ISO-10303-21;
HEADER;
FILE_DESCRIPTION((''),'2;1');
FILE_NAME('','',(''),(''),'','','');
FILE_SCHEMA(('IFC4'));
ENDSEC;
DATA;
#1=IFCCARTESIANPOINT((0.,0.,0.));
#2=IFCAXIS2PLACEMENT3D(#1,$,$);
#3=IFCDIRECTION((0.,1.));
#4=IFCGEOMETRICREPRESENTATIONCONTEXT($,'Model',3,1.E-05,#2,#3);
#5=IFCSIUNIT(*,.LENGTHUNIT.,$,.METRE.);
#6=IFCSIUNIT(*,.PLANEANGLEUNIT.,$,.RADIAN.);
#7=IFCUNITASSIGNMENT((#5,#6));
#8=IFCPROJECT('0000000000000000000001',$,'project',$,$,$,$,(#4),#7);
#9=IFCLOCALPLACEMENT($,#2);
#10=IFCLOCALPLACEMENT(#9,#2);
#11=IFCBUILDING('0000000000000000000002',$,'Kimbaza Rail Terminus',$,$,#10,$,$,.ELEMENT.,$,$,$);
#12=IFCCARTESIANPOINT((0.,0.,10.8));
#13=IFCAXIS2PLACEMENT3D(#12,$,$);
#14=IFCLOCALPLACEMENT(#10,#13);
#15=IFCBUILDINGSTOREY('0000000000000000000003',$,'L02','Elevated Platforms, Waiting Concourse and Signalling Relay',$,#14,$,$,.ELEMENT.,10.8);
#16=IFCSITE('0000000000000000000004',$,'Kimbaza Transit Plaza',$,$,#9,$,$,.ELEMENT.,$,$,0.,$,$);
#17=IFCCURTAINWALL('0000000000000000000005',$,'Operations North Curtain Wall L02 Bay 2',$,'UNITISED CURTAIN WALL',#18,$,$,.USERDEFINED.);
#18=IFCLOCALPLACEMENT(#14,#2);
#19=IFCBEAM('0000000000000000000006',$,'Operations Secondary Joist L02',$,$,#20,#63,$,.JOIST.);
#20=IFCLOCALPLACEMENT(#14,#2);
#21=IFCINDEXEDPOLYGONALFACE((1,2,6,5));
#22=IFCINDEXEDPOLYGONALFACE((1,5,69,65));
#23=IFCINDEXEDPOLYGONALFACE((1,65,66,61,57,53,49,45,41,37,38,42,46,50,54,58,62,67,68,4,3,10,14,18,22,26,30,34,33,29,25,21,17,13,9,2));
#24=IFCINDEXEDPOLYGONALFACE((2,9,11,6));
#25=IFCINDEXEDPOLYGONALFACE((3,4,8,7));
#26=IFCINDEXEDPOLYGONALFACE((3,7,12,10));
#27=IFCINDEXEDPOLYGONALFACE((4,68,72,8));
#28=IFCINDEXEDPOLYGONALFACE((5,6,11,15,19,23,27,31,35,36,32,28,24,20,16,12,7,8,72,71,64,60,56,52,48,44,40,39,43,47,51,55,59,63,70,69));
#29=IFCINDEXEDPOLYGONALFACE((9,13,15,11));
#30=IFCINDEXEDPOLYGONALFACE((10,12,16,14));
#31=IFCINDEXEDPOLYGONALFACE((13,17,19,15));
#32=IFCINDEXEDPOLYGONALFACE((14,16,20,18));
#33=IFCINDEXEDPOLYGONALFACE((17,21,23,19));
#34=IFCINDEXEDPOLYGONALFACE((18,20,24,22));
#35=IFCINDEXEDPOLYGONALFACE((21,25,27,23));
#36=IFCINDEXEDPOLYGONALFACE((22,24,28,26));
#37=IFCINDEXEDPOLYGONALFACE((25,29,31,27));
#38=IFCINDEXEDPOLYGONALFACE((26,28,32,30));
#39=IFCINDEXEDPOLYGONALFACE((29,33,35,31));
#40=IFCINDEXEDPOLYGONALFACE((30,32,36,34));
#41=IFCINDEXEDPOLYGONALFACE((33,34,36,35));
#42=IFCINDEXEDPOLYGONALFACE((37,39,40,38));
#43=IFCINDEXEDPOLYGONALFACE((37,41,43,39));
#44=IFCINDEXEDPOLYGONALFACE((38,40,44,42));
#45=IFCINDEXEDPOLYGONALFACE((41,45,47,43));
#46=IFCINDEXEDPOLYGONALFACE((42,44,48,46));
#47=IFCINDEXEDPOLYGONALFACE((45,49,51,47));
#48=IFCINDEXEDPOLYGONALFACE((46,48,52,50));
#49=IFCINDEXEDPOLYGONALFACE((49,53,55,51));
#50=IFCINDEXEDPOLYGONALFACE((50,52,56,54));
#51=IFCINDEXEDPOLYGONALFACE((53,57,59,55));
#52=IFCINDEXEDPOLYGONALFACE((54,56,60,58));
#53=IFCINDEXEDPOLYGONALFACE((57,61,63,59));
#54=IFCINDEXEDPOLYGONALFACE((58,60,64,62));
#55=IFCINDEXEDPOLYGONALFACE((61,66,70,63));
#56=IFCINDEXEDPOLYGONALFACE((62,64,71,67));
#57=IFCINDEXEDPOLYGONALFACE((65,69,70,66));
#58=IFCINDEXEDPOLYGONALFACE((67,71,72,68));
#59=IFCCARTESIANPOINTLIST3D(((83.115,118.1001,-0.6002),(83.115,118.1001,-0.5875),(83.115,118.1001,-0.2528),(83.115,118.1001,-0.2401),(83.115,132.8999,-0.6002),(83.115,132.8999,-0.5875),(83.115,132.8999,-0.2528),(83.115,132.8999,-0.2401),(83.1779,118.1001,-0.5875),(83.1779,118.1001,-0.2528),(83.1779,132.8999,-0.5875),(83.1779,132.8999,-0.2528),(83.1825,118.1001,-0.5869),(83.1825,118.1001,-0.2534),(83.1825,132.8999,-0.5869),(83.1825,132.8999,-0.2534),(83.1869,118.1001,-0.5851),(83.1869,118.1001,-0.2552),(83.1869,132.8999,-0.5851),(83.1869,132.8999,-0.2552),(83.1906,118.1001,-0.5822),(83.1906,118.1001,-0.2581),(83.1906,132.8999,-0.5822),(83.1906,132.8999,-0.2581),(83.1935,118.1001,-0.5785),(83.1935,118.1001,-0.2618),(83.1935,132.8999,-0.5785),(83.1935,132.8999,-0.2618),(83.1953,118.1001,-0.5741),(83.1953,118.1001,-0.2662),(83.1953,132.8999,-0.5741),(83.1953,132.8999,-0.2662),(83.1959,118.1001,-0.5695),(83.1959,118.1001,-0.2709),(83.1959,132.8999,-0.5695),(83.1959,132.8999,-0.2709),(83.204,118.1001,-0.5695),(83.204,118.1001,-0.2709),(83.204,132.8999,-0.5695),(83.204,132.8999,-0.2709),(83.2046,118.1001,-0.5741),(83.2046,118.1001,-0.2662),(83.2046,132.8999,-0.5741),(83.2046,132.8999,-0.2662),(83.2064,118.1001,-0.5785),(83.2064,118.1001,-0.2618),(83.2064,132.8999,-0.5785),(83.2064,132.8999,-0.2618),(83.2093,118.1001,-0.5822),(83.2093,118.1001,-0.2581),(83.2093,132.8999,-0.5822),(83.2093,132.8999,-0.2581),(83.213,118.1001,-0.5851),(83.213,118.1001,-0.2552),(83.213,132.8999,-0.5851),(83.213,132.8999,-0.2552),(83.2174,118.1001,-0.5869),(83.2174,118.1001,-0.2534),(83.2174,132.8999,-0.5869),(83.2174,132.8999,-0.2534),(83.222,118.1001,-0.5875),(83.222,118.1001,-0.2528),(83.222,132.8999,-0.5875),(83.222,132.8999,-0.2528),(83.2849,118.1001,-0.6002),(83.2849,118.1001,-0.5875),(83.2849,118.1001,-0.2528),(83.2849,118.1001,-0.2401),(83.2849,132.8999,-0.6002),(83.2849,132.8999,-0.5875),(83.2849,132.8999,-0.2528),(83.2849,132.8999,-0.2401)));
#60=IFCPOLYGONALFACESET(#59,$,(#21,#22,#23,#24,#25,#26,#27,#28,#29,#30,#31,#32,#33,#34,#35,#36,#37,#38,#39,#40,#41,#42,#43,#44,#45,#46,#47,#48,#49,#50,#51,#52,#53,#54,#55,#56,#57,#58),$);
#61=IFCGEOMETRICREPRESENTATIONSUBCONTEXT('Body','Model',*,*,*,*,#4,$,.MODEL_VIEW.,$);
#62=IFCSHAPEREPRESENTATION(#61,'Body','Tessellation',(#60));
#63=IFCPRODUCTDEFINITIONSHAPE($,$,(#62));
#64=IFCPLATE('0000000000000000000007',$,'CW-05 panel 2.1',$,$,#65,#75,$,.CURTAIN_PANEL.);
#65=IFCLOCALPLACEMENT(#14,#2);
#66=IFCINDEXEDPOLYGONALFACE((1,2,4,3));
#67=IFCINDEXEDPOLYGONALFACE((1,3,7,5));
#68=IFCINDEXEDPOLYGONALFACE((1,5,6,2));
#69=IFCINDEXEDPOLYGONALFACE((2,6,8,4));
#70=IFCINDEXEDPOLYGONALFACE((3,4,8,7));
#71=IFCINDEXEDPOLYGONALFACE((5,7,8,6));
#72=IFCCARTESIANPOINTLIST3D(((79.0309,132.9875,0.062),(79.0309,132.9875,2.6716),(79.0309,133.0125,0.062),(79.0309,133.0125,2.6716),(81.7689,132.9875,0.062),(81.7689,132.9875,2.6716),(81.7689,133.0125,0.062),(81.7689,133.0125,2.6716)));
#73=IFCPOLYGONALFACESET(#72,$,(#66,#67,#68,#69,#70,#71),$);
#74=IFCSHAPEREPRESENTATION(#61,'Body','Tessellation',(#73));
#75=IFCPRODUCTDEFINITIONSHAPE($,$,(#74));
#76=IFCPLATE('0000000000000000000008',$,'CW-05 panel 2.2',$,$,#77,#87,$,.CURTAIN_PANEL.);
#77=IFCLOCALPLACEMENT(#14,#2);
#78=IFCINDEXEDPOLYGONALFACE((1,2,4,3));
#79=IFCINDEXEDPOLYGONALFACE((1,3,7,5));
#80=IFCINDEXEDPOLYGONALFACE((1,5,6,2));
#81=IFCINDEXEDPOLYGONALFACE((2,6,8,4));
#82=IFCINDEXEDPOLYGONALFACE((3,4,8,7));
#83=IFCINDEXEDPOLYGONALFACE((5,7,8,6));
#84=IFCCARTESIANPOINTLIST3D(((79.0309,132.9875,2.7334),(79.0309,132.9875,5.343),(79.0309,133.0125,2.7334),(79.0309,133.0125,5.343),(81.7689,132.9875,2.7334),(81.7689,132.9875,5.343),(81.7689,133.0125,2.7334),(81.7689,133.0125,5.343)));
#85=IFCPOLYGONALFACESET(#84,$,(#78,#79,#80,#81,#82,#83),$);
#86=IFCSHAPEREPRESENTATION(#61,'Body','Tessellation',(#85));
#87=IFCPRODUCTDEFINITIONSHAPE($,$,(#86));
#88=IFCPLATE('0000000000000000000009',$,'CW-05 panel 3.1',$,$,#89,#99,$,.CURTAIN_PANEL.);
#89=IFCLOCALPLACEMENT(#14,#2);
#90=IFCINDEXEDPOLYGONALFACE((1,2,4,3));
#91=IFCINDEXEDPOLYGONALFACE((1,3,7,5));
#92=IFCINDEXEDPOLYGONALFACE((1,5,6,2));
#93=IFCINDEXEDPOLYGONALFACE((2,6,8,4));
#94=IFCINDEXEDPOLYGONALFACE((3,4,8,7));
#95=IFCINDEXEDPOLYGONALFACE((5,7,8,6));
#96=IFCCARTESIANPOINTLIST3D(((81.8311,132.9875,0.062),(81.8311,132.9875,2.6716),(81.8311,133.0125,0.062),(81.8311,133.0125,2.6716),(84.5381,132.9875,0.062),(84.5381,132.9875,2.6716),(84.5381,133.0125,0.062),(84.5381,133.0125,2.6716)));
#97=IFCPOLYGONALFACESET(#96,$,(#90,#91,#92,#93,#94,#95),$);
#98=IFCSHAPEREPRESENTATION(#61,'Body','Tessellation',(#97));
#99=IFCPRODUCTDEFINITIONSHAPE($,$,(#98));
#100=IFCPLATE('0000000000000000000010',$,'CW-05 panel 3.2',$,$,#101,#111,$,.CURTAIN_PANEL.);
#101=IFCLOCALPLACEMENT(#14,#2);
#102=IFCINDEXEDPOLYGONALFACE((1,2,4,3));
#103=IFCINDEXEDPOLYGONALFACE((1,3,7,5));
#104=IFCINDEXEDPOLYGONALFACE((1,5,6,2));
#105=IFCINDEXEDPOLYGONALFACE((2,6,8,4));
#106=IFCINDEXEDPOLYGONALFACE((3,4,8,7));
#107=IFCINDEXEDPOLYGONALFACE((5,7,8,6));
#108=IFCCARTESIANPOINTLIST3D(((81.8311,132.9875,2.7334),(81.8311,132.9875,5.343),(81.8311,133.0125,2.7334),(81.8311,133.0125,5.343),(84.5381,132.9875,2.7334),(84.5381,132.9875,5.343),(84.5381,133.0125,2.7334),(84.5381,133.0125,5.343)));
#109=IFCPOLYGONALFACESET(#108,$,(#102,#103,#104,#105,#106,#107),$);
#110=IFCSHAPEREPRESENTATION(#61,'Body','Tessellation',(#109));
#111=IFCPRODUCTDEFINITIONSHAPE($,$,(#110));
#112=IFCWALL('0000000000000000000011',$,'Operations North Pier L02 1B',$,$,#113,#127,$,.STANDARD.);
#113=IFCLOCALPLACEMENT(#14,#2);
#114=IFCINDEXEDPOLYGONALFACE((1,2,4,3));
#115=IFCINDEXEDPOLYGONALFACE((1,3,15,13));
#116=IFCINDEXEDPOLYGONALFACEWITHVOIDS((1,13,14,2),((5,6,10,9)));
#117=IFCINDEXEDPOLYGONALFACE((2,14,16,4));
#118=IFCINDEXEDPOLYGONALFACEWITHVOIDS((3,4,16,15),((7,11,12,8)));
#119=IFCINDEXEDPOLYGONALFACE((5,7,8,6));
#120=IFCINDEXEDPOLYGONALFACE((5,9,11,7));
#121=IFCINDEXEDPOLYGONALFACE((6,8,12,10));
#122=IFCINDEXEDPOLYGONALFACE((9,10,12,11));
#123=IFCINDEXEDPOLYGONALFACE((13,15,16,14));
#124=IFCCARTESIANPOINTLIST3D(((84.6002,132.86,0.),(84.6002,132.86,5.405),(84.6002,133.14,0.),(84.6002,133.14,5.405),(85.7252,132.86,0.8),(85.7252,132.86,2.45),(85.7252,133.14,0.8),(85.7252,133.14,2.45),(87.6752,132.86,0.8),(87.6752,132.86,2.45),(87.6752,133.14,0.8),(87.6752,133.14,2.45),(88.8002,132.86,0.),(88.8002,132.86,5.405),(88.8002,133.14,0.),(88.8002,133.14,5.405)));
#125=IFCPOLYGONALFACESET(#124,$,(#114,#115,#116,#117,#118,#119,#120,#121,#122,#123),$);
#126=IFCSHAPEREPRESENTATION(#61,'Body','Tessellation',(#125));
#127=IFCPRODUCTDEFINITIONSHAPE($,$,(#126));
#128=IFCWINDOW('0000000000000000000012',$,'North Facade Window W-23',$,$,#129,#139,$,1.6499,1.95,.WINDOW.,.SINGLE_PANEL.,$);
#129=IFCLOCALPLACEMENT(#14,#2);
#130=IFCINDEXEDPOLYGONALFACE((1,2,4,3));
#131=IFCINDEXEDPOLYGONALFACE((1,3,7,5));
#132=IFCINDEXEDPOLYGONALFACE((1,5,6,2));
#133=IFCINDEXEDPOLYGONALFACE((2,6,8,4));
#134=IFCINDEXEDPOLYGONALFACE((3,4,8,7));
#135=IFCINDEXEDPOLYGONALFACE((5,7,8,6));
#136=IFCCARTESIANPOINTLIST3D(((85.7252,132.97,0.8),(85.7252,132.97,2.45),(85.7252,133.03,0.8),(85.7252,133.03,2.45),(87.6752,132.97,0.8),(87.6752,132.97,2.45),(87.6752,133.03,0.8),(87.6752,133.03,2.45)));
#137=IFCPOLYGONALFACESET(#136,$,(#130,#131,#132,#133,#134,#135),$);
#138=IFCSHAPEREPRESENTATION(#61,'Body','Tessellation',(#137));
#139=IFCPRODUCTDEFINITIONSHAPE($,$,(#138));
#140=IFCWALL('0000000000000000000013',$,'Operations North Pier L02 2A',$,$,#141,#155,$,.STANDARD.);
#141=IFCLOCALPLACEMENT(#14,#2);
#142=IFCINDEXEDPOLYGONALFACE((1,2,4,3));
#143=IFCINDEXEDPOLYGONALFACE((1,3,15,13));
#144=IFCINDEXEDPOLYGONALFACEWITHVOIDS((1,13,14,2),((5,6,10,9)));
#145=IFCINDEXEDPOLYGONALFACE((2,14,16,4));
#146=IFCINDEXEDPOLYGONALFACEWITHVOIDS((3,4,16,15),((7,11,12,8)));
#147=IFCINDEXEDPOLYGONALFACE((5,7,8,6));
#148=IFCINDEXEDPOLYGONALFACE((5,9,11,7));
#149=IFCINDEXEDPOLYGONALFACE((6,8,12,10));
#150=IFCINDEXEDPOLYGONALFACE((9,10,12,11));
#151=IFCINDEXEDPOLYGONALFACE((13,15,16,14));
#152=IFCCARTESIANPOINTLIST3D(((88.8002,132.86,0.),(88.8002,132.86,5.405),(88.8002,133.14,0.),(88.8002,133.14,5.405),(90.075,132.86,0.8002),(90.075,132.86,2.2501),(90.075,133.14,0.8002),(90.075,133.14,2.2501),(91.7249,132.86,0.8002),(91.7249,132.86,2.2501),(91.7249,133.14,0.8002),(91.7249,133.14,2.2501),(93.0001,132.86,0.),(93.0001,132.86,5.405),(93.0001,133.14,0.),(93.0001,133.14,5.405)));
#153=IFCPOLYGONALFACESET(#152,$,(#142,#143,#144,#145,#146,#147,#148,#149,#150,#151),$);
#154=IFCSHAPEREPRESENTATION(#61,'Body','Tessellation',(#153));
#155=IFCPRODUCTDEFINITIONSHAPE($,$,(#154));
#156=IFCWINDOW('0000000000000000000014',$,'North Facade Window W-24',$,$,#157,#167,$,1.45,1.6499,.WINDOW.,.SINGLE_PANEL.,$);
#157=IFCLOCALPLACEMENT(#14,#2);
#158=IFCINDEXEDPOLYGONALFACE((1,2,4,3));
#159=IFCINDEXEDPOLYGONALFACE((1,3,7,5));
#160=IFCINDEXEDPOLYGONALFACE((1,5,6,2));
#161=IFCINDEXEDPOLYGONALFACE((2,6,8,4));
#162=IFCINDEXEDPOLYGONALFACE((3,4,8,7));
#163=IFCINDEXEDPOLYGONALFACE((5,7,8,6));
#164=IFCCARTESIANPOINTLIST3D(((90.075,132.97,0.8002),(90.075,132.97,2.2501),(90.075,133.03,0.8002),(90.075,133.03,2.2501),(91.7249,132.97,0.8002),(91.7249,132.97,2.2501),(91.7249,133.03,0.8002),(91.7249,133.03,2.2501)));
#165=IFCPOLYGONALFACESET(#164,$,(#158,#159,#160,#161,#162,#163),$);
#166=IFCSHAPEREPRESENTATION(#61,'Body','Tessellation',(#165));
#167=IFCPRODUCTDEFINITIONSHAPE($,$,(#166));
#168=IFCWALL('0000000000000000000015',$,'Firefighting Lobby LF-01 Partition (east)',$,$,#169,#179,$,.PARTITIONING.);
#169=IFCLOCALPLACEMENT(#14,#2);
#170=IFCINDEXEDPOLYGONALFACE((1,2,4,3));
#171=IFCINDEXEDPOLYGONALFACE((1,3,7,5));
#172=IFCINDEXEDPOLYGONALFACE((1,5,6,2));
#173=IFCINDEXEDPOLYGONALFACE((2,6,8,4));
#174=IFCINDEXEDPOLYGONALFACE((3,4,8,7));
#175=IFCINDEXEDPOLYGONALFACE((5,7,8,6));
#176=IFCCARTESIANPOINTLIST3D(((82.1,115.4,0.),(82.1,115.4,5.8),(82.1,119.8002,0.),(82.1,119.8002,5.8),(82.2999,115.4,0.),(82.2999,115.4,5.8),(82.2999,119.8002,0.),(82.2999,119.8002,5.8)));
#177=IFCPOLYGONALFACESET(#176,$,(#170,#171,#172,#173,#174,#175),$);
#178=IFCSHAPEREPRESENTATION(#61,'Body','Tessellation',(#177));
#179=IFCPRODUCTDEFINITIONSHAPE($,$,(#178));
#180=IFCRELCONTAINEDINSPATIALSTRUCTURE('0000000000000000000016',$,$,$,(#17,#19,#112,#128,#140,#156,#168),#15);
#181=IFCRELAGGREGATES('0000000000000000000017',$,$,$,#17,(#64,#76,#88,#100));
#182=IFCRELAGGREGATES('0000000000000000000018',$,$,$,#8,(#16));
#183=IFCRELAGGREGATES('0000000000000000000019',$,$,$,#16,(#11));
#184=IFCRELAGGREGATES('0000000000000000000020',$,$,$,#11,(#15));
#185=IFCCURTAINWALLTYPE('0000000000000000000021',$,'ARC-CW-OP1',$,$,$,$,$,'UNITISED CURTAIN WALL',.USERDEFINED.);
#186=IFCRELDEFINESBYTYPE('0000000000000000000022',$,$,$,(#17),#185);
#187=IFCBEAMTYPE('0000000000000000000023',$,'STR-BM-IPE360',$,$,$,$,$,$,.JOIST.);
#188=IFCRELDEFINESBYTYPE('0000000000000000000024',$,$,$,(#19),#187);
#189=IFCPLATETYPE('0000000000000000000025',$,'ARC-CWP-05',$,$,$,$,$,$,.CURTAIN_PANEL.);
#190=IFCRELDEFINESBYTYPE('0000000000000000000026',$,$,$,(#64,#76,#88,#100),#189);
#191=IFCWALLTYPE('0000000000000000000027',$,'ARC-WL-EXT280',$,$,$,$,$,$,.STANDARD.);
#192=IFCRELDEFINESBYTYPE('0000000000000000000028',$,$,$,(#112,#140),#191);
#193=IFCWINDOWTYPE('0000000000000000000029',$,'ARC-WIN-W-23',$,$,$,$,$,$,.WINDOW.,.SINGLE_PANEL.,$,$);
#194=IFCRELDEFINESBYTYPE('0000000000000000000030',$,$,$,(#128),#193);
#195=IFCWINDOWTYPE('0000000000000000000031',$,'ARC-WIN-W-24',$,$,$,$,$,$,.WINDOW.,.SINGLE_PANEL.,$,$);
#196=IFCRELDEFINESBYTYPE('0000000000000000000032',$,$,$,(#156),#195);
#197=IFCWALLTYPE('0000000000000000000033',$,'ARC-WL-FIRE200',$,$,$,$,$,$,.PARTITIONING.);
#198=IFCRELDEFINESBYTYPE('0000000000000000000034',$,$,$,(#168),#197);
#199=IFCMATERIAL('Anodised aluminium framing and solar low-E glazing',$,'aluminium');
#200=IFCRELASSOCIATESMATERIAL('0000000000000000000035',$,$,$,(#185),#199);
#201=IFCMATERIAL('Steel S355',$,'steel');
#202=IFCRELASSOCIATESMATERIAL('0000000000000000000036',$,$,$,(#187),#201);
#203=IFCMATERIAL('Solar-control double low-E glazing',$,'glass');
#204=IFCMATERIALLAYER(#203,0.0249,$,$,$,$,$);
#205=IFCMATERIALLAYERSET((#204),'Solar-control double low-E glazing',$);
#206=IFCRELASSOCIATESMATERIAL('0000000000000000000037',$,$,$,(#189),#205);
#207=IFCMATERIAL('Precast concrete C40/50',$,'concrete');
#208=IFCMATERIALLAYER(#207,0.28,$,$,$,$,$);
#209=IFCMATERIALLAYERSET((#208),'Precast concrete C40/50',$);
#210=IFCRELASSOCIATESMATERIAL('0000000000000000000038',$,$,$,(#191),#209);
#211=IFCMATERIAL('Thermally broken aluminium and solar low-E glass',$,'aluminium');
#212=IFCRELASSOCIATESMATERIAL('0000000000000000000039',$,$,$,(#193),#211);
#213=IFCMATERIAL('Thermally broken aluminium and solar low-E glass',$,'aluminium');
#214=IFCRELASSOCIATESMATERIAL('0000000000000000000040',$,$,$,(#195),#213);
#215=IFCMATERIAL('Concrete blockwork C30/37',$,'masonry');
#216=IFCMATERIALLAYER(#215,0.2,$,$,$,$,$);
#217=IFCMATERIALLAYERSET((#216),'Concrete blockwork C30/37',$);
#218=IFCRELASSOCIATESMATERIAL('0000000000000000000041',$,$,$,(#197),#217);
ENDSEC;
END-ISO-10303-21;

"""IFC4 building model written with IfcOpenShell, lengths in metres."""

from ifc_helpers import new_model, si_unit, direction, frame, frame_2d, origin, origin_2d, place, context, subcontext, project, spatial, rectangle, i_section, extrude, material, layer, layer_set, material_profile, profile_set, type_object, element, fill, aggregate, save


model = new_model("IFC4")

# Units and contexts
model_context = context("Model", 3, precision=1e-05, world=origin(), true_north=direction((0.0, 1.0)))
body_context = subcontext(model_context, "Body", "Model", "MODEL_VIEW")
ifc_project = project(units=[si_unit("LENGTHUNIT", "METRE"), si_unit("PLANEANGLEUNIT", "RADIAN")], contexts=[model_context])

# Site, building, storey
site_placement = place(None, origin())
site = spatial("IfcSite", under=ifc_project, at=site_placement, Name="Kimbaza Transit Plaza", CompositionType="ELEMENT", RefElevation=0.0)
building_placement = place(site_placement, origin())
building = spatial("IfcBuilding", under=site, at=building_placement, Name="Kimbaza Rail Terminus", CompositionType="ELEMENT")
storey_placement = place(building_placement, frame((0.0, 0.0, 10.8)))
storey = spatial("IfcBuildingStorey", under=building, at=storey_placement, Name="L02", Description="Elevated Platforms, Waiting Concourse and Signalling Relay", CompositionType="ELEMENT", Elevation=10.8)

# Curtain wall
ifc_material_1 = material(Name="Anodised aluminium framing and solar low-E glazing", Category="aluminium")
curtain_wall_type = type_object("IfcCurtainWallType", Name="ARC-CW-OP1", ElementType="UNITISED CURTAIN WALL", PredefinedType="USERDEFINED", material=ifc_material_1)
curtain_wall_placement = place(storey_placement, origin())
curtain_wall = element("IfcCurtainWall", 1, at=curtain_wall_placement, inside=storey, type_object=curtain_wall_type, Name="Operations North Curtain Wall L02 Bay 2", ObjectType="UNITISED CURTAIN WALL", PredefinedType="USERDEFINED")

# Beam
ifc_material_2 = material(Name="Steel S355", Category="steel")
ifc_material_profile_1 = material_profile(ifc_material_2, i_section(OverallWidth=0.1699, OverallDepth=0.3601, WebThickness=0.0081, FlangeThickness=0.0127, FilletRadius=0.0181, at=origin_2d()), Name="IPE 360")
ifc_profile_set_1 = profile_set([ifc_material_profile_1], Name="Steel S355")
beam_type_1 = type_object("IfcBeamType", Name="STR-BM-IPE360", PredefinedType="JOIST", material=ifc_profile_set_1)
beam_1_placement = place(storey_placement, frame((83.2, 118.1001, -0.4202), z_axis=(0.0, 1.0, 0.0), x_axis=(-1.0, 0.0, 0.0)))
element("IfcBeam", 2, at=beam_1_placement, inside=storey, type_object=beam_type_1, Name="Operations Secondary Joist L02", PredefinedType="JOIST", context=body_context, shape_type="SweptSolid", body=[
    extrude(i_section(OverallWidth=0.1699, OverallDepth=0.3601, WebThickness=0.0081, FlangeThickness=0.0127, FilletRadius=0.0181, at=origin_2d()), origin(), (0.0, 0.0, 1.0), 14.7998),
])

# Plates
ifc_material_3 = material(Name="Solar-control double low-E glazing", Category="glass")
ifc_layer_1 = layer(ifc_material_3, 0.0249)
ifc_layer_set_1 = layer_set([ifc_layer_1], Name="Solar-control double low-E glazing")
plate_type = type_object("IfcPlateType", Name="ARC-CWP-05", PredefinedType="CURTAIN_PANEL", material=ifc_layer_set_1)
plate_1_placement = place(storey_placement, frame((80.3999, 133.0, 0.062), z_axis=(0.0, 0.0, 1.0), x_axis=(1.0, 0.0, 0.0)))
plate_1 = element("IfcPlate", 3, at=plate_1_placement, type_object=plate_type, Name="CW-05 panel 2.1", PredefinedType="CURTAIN_PANEL", context=body_context, shape_type="SweptSolid", body=[
    extrude(rectangle(XDim=2.738, YDim=0.0249, at=origin_2d()), origin(), (0.0, 0.0, 1.0), 2.6096),
])
plate_2_placement = place(storey_placement, frame((80.3999, 133.0, 2.7334), z_axis=(0.0, 0.0, 1.0), x_axis=(1.0, 0.0, 0.0)))
plate_2 = element("IfcPlate", 4, at=plate_2_placement, type_object=plate_type, Name="CW-05 panel 2.2", PredefinedType="CURTAIN_PANEL", context=body_context, shape_type="SweptSolid", body=[
    extrude(rectangle(XDim=2.738, YDim=0.0249, at=origin_2d()), origin(), (0.0, 0.0, 1.0), 2.6096),
])
plate_3_placement = place(storey_placement, frame((83.1846, 133.0, 0.062), z_axis=(0.0, 0.0, 1.0), x_axis=(1.0, 0.0, 0.0)))
plate_3 = element("IfcPlate", 5, at=plate_3_placement, type_object=plate_type, Name="CW-05 panel 3.1", PredefinedType="CURTAIN_PANEL", context=body_context, shape_type="SweptSolid", body=[
    extrude(rectangle(XDim=2.707, YDim=0.0249, at=origin_2d()), origin(), (0.0, 0.0, 1.0), 2.6096),
])
plate_4_placement = place(storey_placement, frame((83.1846, 133.0, 2.7334), z_axis=(0.0, 0.0, 1.0), x_axis=(1.0, 0.0, 0.0)))
plate_4 = element("IfcPlate", 6, at=plate_4_placement, type_object=plate_type, Name="CW-05 panel 3.2", PredefinedType="CURTAIN_PANEL", context=body_context, shape_type="SweptSolid", body=[
    extrude(rectangle(XDim=2.707, YDim=0.0249, at=origin_2d()), origin(), (0.0, 0.0, 1.0), 2.6096),
])
aggregate(curtain_wall, [plate_1, plate_2, plate_3, plate_4])

# Walls, openings, windows
ifc_material_4 = material(Name="Precast concrete C40/50", Category="concrete")
ifc_layer_2 = layer(ifc_material_4, 0.28)
ifc_layer_set_2 = layer_set([ifc_layer_2], Name="Precast concrete C40/50")
wall_type_1 = type_object("IfcWallType", Name="ARC-WL-EXT280", PredefinedType="STANDARD", material=ifc_layer_set_2)
wall_1_placement = place(storey_placement, frame((84.6001, 133.0, 0.0), z_axis=(0.0, 0.0, 1.0), x_axis=(1.0, 0.0, 0.0)))
wall_1 = element("IfcWall", 7, at=wall_1_placement, inside=storey, type_object=wall_type_1, Name="Operations North Pier L02 1B", PredefinedType="STANDARD", context=body_context, shape_type="SweptSolid", body=[
    extrude(rectangle(XDim=4.2, YDim=0.28, at=frame_2d((2.1001, 0.0))), origin(), (0.0, 0.0, 1.0), 5.405),
])
opening_1_placement = place(wall_1_placement, frame((1.125, 0.0, 0.8)))
opening_1 = element("IfcOpeningElement", 8, at=opening_1_placement, cuts=wall_1, PredefinedType="OPENING", context=body_context, shape_type="SweptSolid", body=[
    extrude(rectangle(XDim=1.95, YDim=1.6499, at=frame_2d((0.9751, 0.825))), frame((0.0, 0.1499, 0.0), z_axis=(0.0, -1.0, 0.0), x_axis=(1.0, 0.0, 0.0)), (0.0, 0.0, 1.0), 0.3),
])
ifc_material_5 = material(Name="Thermally broken aluminium and solar low-E glass", Category="aluminium")
window_type_1 = type_object("IfcWindowType", Name="ARC-WIN-W-23", PartitioningType="SINGLE_PANEL", PredefinedType="WINDOW", material=ifc_material_5)
window_1_placement = place(opening_1_placement, origin())
window_1 = element("IfcWindow", 9, at=window_1_placement, inside=storey, type_object=window_type_1, Name="North Facade Window W-23", OverallHeight=1.6499, OverallWidth=1.95, PartitioningType="SINGLE_PANEL", PredefinedType="WINDOW", context=body_context, shape_type="SweptSolid", body=[
    extrude(rectangle(XDim=1.95, YDim=1.6499, at=frame_2d((0.9751, 0.825))), frame((0.0, 0.03, 0.0), z_axis=(0.0, -1.0, 0.0), x_axis=(1.0, 0.0, 0.0)), (0.0, 0.0, 1.0), 0.0601),
])
fill(opening_1, window_1)
wall_2_placement = place(storey_placement, frame((88.8, 133.0, 0.0), z_axis=(0.0, 0.0, 1.0), x_axis=(1.0, 0.0, 0.0)))
wall_2 = element("IfcWall", 10, at=wall_2_placement, inside=storey, type_object=wall_type_1, Name="Operations North Pier L02 2A", PredefinedType="STANDARD", context=body_context, shape_type="SweptSolid", body=[
    extrude(rectangle(XDim=4.2, YDim=0.28, at=frame_2d((2.1001, 0.0))), origin(), (0.0, 0.0, 1.0), 5.405),
])
opening_2_placement = place(wall_2_placement, frame((1.2749, 0.0, 0.8)))
opening_2 = element("IfcOpeningElement", 11, at=opening_2_placement, cuts=wall_2, PredefinedType="OPENING", context=body_context, shape_type="SweptSolid", body=[
    extrude(rectangle(XDim=1.6499, YDim=1.45, at=frame_2d((0.825, 0.7251))), frame((0.0, 0.1499, 0.0), z_axis=(0.0, -1.0, 0.0), x_axis=(1.0, 0.0, 0.0)), (0.0, 0.0, 1.0), 0.3),
])
ifc_material_6 = material(Name="Thermally broken aluminium and solar low-E glass", Category="aluminium")
window_type_2 = type_object("IfcWindowType", Name="ARC-WIN-W-24", PartitioningType="SINGLE_PANEL", PredefinedType="WINDOW", material=ifc_material_6)
window_2_placement = place(opening_2_placement, origin())
window_2 = element("IfcWindow", 12, at=window_2_placement, inside=storey, type_object=window_type_2, Name="North Facade Window W-24", OverallHeight=1.45, OverallWidth=1.6499, PartitioningType="SINGLE_PANEL", PredefinedType="WINDOW", context=body_context, shape_type="SweptSolid", body=[
    extrude(rectangle(XDim=1.6499, YDim=1.45, at=frame_2d((0.825, 0.7251))), frame((0.0, 0.03, 0.0), z_axis=(0.0, -1.0, 0.0), x_axis=(1.0, 0.0, 0.0)), (0.0, 0.0, 1.0), 0.0601),
])
fill(opening_2, window_2)

# Wall
ifc_material_7 = material(Name="Concrete blockwork C30/37", Category="masonry")
ifc_layer_3 = layer(ifc_material_7, 0.2)
ifc_layer_set_3 = layer_set([ifc_layer_3], Name="Concrete blockwork C30/37")
wall_type_2 = type_object("IfcWallType", Name="ARC-WL-FIRE200", PredefinedType="PARTITIONING", material=ifc_layer_set_3)
wall_3_placement = place(storey_placement, frame((82.2, 115.3999, 0.0), z_axis=(0.0, 0.0, 1.0), x_axis=(0.0, 1.0, 0.0)))
element("IfcWall", 13, at=wall_3_placement, inside=storey, type_object=wall_type_2, Name="Firefighting Lobby LF-01 Partition (east)", PredefinedType="PARTITIONING", context=body_context, shape_type="SweptSolid", body=[
    extrude(rectangle(XDim=4.4001, YDim=0.2, at=frame_2d((2.2002, 0.0))), origin(), (0.0, 0.0, 1.0), 5.8),
])

save(model, "model.ifc")
